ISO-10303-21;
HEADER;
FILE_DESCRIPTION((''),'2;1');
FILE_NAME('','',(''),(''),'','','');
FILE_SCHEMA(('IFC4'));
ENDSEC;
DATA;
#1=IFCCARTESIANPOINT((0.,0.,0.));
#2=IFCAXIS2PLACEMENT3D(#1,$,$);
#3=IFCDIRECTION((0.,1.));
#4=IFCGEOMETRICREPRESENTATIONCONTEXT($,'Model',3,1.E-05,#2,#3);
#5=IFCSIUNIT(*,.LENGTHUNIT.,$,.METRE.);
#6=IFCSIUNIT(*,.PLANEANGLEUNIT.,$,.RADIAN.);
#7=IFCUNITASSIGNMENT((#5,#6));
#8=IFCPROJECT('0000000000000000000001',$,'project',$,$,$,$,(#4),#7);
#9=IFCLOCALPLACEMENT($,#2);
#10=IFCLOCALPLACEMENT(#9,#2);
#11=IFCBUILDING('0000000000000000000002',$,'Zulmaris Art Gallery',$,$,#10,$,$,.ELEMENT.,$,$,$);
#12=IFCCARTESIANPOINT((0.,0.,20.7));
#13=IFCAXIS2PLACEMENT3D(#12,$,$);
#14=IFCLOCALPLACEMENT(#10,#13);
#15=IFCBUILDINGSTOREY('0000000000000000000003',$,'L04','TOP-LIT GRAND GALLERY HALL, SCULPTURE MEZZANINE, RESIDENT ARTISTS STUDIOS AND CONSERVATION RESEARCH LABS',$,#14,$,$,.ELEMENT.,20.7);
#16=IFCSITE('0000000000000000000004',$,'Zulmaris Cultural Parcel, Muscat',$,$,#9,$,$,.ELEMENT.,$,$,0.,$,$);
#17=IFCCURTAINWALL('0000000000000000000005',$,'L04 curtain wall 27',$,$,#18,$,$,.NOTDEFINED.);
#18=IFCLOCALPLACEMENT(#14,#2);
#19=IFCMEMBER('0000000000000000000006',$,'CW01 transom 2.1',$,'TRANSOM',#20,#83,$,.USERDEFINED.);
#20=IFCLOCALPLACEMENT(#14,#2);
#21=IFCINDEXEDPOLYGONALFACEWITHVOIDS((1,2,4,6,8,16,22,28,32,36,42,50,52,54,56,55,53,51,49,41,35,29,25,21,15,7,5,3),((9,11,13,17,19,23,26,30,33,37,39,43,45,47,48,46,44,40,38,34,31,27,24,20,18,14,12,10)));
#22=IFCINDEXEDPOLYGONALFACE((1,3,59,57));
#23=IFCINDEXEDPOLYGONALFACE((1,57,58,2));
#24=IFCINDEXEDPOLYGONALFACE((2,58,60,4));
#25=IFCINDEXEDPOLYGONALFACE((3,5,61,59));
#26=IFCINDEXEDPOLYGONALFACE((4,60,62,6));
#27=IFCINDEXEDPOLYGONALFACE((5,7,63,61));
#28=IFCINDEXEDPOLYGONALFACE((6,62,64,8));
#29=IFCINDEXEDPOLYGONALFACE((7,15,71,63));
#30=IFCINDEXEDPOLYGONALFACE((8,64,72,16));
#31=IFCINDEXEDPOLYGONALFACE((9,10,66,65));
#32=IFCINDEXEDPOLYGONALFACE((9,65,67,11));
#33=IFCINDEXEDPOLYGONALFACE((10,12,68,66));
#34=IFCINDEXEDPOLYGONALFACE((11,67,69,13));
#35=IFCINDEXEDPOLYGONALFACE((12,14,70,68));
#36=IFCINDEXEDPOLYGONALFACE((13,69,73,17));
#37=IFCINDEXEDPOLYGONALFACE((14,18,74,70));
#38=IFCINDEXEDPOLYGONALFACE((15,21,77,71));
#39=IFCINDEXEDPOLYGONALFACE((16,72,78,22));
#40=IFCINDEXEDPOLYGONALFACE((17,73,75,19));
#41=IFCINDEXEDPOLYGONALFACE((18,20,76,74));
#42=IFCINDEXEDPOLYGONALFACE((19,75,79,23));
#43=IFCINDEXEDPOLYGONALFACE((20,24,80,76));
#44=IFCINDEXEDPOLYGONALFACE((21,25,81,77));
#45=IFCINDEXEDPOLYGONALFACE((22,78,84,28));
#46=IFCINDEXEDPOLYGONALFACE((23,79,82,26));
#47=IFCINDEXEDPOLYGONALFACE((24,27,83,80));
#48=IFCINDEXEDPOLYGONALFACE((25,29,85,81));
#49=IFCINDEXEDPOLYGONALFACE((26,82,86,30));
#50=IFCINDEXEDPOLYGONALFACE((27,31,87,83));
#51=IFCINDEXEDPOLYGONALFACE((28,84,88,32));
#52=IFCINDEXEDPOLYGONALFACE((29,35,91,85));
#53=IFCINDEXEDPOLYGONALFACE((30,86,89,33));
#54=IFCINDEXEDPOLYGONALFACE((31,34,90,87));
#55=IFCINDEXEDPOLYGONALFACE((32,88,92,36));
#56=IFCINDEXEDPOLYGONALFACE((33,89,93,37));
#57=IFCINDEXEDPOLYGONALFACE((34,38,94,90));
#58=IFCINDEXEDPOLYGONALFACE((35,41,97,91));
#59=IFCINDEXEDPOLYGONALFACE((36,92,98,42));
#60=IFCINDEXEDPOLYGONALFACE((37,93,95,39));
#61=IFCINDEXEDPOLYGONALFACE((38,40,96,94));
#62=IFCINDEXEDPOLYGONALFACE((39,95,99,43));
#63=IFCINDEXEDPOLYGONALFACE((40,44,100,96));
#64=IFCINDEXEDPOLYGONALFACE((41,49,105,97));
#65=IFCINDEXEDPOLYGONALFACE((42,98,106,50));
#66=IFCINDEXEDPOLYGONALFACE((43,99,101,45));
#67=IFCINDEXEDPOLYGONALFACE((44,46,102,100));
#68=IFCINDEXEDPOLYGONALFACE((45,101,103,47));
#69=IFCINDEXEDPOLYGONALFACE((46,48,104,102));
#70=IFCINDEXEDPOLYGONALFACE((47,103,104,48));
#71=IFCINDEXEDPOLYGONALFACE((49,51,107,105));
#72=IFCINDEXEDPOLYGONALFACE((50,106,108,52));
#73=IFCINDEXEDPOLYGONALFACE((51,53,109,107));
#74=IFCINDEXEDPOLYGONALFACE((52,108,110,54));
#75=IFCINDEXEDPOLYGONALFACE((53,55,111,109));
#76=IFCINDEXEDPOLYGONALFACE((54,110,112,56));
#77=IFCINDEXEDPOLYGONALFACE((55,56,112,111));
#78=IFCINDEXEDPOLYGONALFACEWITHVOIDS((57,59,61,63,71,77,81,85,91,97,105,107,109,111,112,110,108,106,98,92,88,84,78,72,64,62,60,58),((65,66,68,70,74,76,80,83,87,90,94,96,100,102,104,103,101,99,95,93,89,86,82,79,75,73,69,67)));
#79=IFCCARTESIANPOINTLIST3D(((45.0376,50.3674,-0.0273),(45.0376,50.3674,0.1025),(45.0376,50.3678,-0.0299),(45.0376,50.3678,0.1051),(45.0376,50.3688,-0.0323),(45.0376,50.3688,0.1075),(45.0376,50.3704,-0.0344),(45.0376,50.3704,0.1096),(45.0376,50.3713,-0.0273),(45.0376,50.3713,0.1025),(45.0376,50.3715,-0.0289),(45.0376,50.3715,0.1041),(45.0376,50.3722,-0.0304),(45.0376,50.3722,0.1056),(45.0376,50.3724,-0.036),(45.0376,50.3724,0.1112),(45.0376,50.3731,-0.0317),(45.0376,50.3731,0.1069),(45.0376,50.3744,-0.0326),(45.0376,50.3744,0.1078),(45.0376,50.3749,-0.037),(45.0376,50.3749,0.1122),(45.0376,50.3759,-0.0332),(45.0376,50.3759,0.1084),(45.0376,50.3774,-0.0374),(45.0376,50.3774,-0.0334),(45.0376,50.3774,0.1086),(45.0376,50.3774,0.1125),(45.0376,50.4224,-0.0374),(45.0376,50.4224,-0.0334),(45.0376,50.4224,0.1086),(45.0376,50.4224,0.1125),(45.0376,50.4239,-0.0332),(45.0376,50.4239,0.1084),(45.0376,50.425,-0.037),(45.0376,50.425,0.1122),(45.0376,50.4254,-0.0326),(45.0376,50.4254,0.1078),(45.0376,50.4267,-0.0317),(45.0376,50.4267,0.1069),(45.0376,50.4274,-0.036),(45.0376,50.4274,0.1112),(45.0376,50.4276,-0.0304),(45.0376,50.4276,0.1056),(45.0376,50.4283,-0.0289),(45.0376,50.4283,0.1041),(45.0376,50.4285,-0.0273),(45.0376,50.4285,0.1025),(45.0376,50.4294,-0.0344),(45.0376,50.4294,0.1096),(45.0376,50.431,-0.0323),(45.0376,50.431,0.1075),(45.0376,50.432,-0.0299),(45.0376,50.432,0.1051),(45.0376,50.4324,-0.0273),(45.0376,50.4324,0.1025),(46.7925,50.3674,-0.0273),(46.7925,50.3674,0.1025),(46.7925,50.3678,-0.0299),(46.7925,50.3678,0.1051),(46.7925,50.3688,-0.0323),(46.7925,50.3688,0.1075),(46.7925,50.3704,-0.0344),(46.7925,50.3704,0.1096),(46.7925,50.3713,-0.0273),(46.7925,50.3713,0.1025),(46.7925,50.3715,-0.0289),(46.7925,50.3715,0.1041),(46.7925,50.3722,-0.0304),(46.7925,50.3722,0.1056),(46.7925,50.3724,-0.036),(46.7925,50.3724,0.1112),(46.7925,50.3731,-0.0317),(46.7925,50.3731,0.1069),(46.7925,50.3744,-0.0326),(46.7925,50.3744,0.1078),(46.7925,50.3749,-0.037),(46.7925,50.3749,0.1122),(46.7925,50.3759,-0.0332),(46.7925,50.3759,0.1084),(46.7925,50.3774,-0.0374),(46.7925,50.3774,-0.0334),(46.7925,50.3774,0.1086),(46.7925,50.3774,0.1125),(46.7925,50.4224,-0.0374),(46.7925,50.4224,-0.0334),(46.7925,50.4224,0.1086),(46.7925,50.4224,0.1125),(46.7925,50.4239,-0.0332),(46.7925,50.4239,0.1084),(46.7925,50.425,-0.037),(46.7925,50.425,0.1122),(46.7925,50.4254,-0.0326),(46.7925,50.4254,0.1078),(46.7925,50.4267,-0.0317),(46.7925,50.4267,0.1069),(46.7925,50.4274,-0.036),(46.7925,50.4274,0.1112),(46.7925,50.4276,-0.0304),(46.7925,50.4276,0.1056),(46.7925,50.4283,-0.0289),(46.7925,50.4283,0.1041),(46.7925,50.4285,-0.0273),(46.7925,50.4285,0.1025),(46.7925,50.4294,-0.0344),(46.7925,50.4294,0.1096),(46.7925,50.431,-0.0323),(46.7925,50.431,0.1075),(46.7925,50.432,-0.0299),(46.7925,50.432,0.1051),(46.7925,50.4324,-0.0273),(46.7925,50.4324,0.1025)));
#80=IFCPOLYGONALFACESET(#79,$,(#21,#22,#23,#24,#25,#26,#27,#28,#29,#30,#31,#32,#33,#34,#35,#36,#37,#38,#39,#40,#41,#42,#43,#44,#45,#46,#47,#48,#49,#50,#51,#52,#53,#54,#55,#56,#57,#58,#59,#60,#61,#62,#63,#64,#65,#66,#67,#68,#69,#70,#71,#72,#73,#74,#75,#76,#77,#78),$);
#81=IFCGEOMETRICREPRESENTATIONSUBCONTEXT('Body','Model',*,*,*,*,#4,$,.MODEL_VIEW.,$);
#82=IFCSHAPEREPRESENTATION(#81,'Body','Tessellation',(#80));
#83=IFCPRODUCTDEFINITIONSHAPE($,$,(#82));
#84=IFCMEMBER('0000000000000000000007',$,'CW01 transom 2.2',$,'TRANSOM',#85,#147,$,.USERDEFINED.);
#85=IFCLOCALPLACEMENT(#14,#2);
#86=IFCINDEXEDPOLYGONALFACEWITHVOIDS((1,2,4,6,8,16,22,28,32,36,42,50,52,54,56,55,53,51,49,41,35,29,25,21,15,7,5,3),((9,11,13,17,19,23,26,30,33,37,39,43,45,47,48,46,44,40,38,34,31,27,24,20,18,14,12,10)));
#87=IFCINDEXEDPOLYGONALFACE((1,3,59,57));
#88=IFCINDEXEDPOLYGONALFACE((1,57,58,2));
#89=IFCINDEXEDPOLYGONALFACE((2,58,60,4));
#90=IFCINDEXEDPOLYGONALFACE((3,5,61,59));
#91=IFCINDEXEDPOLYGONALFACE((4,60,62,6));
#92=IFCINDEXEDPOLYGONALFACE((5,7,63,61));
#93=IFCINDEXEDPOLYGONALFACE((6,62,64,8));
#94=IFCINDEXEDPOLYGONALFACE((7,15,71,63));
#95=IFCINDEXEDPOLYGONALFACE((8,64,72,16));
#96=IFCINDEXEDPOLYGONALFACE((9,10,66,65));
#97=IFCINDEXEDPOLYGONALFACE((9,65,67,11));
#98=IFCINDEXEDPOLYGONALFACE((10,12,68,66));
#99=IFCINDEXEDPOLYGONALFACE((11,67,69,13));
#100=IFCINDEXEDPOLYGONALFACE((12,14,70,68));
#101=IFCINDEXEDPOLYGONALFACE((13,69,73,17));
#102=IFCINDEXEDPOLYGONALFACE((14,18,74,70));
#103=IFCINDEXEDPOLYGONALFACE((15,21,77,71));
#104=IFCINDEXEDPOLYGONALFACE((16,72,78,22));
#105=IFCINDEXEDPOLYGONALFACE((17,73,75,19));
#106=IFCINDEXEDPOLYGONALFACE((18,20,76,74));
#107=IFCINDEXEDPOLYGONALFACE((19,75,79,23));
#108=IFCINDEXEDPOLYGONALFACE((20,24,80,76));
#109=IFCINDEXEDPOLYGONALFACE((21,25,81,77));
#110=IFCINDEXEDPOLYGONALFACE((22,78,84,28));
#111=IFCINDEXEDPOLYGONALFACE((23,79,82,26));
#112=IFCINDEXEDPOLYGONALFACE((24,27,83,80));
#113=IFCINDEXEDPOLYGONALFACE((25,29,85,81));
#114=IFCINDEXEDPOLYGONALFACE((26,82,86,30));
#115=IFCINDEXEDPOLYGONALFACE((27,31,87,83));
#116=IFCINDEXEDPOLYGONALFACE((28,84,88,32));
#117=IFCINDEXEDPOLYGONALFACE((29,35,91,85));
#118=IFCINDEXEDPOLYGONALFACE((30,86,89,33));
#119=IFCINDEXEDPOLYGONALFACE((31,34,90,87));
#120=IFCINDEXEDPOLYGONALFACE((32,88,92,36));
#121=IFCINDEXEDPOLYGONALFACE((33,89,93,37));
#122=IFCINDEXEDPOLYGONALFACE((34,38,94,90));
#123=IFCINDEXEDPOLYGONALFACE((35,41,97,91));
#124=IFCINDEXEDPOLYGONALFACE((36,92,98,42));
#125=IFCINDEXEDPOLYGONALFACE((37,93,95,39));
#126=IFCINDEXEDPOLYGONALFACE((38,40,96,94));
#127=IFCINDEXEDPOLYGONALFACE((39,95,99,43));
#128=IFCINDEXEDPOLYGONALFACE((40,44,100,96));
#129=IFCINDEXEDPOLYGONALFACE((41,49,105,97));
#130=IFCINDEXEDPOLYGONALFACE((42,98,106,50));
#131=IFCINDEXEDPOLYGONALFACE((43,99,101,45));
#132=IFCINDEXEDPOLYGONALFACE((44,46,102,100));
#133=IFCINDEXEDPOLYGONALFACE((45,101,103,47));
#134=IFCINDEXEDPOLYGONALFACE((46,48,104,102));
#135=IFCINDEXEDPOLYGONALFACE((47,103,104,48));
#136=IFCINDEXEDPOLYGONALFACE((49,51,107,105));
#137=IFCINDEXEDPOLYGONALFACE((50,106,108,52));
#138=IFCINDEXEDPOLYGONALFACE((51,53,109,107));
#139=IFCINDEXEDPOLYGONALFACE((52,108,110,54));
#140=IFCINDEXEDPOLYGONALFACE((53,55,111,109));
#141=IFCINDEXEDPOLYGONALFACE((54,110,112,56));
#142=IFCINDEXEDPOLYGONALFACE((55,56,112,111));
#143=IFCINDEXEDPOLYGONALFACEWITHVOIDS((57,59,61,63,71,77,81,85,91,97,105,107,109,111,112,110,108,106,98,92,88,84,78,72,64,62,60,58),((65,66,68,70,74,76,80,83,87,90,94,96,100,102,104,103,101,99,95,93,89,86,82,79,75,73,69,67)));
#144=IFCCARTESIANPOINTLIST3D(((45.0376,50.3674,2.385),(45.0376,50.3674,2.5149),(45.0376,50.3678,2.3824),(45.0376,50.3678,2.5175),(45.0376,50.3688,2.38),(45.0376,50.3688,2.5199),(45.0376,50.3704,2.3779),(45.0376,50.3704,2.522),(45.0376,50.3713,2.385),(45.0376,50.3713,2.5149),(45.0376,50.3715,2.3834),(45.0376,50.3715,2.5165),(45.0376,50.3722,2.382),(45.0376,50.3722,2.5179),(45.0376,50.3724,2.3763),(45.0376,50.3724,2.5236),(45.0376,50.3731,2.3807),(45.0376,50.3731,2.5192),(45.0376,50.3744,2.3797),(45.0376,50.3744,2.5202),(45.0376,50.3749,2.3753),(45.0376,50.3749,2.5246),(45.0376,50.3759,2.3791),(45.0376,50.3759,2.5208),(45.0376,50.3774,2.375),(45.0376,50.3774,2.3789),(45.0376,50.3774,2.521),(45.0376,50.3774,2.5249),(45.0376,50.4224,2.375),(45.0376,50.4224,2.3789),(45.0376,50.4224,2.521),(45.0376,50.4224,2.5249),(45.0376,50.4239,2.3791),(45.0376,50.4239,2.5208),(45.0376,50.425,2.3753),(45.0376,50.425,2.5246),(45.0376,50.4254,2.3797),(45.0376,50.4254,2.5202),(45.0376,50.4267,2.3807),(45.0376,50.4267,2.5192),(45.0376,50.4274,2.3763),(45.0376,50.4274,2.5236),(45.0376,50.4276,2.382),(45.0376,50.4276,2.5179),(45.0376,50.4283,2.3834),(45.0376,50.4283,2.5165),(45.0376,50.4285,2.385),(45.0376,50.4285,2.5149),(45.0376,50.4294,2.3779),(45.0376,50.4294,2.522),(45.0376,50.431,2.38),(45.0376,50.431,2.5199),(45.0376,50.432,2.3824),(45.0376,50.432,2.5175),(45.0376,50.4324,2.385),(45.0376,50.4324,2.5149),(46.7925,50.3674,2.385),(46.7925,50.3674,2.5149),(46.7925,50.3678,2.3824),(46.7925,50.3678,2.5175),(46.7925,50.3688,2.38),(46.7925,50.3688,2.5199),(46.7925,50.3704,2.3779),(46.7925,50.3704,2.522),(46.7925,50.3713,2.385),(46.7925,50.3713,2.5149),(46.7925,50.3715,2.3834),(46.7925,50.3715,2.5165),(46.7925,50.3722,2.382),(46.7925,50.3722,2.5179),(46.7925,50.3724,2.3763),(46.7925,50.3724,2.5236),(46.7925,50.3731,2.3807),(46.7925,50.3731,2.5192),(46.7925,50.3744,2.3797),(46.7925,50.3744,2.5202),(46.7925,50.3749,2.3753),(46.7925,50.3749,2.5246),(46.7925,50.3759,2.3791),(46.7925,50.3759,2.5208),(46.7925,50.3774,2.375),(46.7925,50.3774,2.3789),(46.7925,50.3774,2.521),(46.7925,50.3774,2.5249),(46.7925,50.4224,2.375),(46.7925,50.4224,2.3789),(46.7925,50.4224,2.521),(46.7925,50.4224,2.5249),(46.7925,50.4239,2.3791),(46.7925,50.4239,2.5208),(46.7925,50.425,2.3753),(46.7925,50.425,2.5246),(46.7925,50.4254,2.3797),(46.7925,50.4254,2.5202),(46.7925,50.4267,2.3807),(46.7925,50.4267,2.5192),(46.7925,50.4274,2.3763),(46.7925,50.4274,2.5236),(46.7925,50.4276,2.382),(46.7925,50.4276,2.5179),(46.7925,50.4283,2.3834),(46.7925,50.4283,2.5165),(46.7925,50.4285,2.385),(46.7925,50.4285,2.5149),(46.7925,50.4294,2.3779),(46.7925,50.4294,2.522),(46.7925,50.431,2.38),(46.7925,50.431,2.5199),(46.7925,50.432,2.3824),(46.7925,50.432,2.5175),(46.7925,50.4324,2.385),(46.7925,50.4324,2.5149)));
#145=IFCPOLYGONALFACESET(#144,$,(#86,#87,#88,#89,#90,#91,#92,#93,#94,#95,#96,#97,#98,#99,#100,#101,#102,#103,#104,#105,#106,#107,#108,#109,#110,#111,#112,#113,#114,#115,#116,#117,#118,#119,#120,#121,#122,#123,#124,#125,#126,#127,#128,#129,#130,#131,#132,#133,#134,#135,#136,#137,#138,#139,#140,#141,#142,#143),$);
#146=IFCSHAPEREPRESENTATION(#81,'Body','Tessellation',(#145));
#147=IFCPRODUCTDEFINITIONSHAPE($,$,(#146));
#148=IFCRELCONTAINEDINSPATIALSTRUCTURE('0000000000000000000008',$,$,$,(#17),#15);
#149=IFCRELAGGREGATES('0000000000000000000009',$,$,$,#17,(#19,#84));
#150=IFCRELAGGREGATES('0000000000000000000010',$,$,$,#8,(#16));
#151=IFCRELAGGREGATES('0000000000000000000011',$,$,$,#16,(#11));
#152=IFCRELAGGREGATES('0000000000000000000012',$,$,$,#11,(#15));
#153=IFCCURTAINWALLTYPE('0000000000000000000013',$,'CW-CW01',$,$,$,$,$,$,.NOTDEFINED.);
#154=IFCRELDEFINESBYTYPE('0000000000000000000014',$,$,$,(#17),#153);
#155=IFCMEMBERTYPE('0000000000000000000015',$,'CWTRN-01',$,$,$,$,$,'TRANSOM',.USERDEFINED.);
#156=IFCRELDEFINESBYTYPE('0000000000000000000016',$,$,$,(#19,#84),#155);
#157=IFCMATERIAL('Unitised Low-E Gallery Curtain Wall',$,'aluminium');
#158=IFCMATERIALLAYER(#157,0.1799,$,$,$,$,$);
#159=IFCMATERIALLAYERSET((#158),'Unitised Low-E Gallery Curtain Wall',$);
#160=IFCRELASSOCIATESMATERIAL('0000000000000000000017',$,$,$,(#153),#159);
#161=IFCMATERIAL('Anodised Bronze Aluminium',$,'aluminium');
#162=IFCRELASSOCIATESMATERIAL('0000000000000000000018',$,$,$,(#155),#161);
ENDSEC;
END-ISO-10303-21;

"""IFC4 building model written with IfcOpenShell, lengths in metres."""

from ifc_helpers import new_model, si_unit, direction, frame, origin, origin_2d, place, context, subcontext, project, spatial, hollow_rectangle, extrude, material, layer, layer_set, material_profile, profile_set, type_object, element, aggregate, save


model = new_model("IFC4")

# Units and contexts
model_context = context("Model", 3, precision=1e-05, world=origin(), true_north=direction((0.0, 1.0)))
body_context = subcontext(model_context, "Body", "Model", "MODEL_VIEW")
ifc_project = project(units=[si_unit("LENGTHUNIT", "METRE"), si_unit("PLANEANGLEUNIT", "RADIAN")], contexts=[model_context])

# Site, building, storey
site_placement = place(None, origin())
site = spatial("IfcSite", under=ifc_project, at=site_placement, Name="Zulmaris Cultural Parcel, Muscat", CompositionType="ELEMENT", RefElevation=0.0)
building_placement = place(site_placement, origin())
building = spatial("IfcBuilding", under=site, at=building_placement, Name="Zulmaris Art Gallery", CompositionType="ELEMENT")
storey_placement = place(building_placement, frame((0.0, 0.0, 20.7)))
storey = spatial("IfcBuildingStorey", under=building, at=storey_placement, Name="L04", Description="TOP-LIT GRAND GALLERY HALL, SCULPTURE MEZZANINE, RESIDENT ARTISTS STUDIOS AND CONSERVATION RESEARCH LABS", CompositionType="ELEMENT", Elevation=20.7)

# Shared definitions
ifc_material_1 = material(Name="Unitised Low-E Gallery Curtain Wall", Category="aluminium")
ifc_layer_1 = layer(ifc_material_1, 0.1799)
ifc_layer_set_1 = layer_set([ifc_layer_1], Name="Unitised Low-E Gallery Curtain Wall")
curtain_wall_type = type_object("IfcCurtainWallType", Name="CW-CW01", PredefinedType="NOTDEFINED", material=ifc_layer_set_1)
ifc_material_2 = material(Name="Anodised Bronze Aluminium", Category="aluminium")

# Curtain wall, members
curtain_wall_1_placement = place(storey_placement, origin())
curtain_wall_1 = element("IfcCurtainWall", 1, at=curtain_wall_1_placement, inside=storey, type_object=curtain_wall_type, Name="L04 curtain wall 27", PredefinedType="NOTDEFINED")
ifc_material_profile_1 = material_profile(ifc_material_2, hollow_rectangle(XDim=0.0649, YDim=0.1499, WallThickness=0.0039, InnerFilletRadius=0.0061, OuterFilletRadius=0.01, at=origin_2d()), Name="ALU 65x150x4")
ifc_profile_set_1 = profile_set([ifc_material_profile_1], Name="Anodised Bronze Aluminium")
member_type_1 = type_object("IfcMemberType", Name="CWTRN-01", ElementType="TRANSOM", PredefinedType="USERDEFINED", material=ifc_profile_set_1)
member_1_placement = place(storey_placement, frame((46.7925, 50.3999, 0.0376), z_axis=(-1.0, 0.0, 0.0), x_axis=(0.0, -1.0, 0.0)))
member_1 = element("IfcMember", 2, at=member_1_placement, type_object=member_type_1, Name="CW01 transom 2.1", ObjectType="TRANSOM", PredefinedType="USERDEFINED", context=body_context, shape_type="SweptSolid", body=[
    extrude(hollow_rectangle(XDim=0.0649, YDim=0.1499, WallThickness=0.0039, InnerFilletRadius=0.0061, OuterFilletRadius=0.01, at=origin_2d()), origin(), (0.0, 0.0, 1.0), 1.7549),
])
member_2_placement = place(storey_placement, frame((46.7925, 50.3999, 2.45), z_axis=(-1.0, 0.0, 0.0), x_axis=(0.0, -1.0, 0.0)))
member_2 = element("IfcMember", 3, at=member_2_placement, type_object=member_type_1, Name="CW01 transom 2.2", ObjectType="TRANSOM", PredefinedType="USERDEFINED", context=body_context, shape_type="SweptSolid", body=[
    extrude(hollow_rectangle(XDim=0.0649, YDim=0.1499, WallThickness=0.0039, InnerFilletRadius=0.0061, OuterFilletRadius=0.01, at=origin_2d()), origin(), (0.0, 0.0, 1.0), 1.7549),
])
aggregate(curtain_wall_1, [member_1, member_2])

save(model, "model.ifc")
